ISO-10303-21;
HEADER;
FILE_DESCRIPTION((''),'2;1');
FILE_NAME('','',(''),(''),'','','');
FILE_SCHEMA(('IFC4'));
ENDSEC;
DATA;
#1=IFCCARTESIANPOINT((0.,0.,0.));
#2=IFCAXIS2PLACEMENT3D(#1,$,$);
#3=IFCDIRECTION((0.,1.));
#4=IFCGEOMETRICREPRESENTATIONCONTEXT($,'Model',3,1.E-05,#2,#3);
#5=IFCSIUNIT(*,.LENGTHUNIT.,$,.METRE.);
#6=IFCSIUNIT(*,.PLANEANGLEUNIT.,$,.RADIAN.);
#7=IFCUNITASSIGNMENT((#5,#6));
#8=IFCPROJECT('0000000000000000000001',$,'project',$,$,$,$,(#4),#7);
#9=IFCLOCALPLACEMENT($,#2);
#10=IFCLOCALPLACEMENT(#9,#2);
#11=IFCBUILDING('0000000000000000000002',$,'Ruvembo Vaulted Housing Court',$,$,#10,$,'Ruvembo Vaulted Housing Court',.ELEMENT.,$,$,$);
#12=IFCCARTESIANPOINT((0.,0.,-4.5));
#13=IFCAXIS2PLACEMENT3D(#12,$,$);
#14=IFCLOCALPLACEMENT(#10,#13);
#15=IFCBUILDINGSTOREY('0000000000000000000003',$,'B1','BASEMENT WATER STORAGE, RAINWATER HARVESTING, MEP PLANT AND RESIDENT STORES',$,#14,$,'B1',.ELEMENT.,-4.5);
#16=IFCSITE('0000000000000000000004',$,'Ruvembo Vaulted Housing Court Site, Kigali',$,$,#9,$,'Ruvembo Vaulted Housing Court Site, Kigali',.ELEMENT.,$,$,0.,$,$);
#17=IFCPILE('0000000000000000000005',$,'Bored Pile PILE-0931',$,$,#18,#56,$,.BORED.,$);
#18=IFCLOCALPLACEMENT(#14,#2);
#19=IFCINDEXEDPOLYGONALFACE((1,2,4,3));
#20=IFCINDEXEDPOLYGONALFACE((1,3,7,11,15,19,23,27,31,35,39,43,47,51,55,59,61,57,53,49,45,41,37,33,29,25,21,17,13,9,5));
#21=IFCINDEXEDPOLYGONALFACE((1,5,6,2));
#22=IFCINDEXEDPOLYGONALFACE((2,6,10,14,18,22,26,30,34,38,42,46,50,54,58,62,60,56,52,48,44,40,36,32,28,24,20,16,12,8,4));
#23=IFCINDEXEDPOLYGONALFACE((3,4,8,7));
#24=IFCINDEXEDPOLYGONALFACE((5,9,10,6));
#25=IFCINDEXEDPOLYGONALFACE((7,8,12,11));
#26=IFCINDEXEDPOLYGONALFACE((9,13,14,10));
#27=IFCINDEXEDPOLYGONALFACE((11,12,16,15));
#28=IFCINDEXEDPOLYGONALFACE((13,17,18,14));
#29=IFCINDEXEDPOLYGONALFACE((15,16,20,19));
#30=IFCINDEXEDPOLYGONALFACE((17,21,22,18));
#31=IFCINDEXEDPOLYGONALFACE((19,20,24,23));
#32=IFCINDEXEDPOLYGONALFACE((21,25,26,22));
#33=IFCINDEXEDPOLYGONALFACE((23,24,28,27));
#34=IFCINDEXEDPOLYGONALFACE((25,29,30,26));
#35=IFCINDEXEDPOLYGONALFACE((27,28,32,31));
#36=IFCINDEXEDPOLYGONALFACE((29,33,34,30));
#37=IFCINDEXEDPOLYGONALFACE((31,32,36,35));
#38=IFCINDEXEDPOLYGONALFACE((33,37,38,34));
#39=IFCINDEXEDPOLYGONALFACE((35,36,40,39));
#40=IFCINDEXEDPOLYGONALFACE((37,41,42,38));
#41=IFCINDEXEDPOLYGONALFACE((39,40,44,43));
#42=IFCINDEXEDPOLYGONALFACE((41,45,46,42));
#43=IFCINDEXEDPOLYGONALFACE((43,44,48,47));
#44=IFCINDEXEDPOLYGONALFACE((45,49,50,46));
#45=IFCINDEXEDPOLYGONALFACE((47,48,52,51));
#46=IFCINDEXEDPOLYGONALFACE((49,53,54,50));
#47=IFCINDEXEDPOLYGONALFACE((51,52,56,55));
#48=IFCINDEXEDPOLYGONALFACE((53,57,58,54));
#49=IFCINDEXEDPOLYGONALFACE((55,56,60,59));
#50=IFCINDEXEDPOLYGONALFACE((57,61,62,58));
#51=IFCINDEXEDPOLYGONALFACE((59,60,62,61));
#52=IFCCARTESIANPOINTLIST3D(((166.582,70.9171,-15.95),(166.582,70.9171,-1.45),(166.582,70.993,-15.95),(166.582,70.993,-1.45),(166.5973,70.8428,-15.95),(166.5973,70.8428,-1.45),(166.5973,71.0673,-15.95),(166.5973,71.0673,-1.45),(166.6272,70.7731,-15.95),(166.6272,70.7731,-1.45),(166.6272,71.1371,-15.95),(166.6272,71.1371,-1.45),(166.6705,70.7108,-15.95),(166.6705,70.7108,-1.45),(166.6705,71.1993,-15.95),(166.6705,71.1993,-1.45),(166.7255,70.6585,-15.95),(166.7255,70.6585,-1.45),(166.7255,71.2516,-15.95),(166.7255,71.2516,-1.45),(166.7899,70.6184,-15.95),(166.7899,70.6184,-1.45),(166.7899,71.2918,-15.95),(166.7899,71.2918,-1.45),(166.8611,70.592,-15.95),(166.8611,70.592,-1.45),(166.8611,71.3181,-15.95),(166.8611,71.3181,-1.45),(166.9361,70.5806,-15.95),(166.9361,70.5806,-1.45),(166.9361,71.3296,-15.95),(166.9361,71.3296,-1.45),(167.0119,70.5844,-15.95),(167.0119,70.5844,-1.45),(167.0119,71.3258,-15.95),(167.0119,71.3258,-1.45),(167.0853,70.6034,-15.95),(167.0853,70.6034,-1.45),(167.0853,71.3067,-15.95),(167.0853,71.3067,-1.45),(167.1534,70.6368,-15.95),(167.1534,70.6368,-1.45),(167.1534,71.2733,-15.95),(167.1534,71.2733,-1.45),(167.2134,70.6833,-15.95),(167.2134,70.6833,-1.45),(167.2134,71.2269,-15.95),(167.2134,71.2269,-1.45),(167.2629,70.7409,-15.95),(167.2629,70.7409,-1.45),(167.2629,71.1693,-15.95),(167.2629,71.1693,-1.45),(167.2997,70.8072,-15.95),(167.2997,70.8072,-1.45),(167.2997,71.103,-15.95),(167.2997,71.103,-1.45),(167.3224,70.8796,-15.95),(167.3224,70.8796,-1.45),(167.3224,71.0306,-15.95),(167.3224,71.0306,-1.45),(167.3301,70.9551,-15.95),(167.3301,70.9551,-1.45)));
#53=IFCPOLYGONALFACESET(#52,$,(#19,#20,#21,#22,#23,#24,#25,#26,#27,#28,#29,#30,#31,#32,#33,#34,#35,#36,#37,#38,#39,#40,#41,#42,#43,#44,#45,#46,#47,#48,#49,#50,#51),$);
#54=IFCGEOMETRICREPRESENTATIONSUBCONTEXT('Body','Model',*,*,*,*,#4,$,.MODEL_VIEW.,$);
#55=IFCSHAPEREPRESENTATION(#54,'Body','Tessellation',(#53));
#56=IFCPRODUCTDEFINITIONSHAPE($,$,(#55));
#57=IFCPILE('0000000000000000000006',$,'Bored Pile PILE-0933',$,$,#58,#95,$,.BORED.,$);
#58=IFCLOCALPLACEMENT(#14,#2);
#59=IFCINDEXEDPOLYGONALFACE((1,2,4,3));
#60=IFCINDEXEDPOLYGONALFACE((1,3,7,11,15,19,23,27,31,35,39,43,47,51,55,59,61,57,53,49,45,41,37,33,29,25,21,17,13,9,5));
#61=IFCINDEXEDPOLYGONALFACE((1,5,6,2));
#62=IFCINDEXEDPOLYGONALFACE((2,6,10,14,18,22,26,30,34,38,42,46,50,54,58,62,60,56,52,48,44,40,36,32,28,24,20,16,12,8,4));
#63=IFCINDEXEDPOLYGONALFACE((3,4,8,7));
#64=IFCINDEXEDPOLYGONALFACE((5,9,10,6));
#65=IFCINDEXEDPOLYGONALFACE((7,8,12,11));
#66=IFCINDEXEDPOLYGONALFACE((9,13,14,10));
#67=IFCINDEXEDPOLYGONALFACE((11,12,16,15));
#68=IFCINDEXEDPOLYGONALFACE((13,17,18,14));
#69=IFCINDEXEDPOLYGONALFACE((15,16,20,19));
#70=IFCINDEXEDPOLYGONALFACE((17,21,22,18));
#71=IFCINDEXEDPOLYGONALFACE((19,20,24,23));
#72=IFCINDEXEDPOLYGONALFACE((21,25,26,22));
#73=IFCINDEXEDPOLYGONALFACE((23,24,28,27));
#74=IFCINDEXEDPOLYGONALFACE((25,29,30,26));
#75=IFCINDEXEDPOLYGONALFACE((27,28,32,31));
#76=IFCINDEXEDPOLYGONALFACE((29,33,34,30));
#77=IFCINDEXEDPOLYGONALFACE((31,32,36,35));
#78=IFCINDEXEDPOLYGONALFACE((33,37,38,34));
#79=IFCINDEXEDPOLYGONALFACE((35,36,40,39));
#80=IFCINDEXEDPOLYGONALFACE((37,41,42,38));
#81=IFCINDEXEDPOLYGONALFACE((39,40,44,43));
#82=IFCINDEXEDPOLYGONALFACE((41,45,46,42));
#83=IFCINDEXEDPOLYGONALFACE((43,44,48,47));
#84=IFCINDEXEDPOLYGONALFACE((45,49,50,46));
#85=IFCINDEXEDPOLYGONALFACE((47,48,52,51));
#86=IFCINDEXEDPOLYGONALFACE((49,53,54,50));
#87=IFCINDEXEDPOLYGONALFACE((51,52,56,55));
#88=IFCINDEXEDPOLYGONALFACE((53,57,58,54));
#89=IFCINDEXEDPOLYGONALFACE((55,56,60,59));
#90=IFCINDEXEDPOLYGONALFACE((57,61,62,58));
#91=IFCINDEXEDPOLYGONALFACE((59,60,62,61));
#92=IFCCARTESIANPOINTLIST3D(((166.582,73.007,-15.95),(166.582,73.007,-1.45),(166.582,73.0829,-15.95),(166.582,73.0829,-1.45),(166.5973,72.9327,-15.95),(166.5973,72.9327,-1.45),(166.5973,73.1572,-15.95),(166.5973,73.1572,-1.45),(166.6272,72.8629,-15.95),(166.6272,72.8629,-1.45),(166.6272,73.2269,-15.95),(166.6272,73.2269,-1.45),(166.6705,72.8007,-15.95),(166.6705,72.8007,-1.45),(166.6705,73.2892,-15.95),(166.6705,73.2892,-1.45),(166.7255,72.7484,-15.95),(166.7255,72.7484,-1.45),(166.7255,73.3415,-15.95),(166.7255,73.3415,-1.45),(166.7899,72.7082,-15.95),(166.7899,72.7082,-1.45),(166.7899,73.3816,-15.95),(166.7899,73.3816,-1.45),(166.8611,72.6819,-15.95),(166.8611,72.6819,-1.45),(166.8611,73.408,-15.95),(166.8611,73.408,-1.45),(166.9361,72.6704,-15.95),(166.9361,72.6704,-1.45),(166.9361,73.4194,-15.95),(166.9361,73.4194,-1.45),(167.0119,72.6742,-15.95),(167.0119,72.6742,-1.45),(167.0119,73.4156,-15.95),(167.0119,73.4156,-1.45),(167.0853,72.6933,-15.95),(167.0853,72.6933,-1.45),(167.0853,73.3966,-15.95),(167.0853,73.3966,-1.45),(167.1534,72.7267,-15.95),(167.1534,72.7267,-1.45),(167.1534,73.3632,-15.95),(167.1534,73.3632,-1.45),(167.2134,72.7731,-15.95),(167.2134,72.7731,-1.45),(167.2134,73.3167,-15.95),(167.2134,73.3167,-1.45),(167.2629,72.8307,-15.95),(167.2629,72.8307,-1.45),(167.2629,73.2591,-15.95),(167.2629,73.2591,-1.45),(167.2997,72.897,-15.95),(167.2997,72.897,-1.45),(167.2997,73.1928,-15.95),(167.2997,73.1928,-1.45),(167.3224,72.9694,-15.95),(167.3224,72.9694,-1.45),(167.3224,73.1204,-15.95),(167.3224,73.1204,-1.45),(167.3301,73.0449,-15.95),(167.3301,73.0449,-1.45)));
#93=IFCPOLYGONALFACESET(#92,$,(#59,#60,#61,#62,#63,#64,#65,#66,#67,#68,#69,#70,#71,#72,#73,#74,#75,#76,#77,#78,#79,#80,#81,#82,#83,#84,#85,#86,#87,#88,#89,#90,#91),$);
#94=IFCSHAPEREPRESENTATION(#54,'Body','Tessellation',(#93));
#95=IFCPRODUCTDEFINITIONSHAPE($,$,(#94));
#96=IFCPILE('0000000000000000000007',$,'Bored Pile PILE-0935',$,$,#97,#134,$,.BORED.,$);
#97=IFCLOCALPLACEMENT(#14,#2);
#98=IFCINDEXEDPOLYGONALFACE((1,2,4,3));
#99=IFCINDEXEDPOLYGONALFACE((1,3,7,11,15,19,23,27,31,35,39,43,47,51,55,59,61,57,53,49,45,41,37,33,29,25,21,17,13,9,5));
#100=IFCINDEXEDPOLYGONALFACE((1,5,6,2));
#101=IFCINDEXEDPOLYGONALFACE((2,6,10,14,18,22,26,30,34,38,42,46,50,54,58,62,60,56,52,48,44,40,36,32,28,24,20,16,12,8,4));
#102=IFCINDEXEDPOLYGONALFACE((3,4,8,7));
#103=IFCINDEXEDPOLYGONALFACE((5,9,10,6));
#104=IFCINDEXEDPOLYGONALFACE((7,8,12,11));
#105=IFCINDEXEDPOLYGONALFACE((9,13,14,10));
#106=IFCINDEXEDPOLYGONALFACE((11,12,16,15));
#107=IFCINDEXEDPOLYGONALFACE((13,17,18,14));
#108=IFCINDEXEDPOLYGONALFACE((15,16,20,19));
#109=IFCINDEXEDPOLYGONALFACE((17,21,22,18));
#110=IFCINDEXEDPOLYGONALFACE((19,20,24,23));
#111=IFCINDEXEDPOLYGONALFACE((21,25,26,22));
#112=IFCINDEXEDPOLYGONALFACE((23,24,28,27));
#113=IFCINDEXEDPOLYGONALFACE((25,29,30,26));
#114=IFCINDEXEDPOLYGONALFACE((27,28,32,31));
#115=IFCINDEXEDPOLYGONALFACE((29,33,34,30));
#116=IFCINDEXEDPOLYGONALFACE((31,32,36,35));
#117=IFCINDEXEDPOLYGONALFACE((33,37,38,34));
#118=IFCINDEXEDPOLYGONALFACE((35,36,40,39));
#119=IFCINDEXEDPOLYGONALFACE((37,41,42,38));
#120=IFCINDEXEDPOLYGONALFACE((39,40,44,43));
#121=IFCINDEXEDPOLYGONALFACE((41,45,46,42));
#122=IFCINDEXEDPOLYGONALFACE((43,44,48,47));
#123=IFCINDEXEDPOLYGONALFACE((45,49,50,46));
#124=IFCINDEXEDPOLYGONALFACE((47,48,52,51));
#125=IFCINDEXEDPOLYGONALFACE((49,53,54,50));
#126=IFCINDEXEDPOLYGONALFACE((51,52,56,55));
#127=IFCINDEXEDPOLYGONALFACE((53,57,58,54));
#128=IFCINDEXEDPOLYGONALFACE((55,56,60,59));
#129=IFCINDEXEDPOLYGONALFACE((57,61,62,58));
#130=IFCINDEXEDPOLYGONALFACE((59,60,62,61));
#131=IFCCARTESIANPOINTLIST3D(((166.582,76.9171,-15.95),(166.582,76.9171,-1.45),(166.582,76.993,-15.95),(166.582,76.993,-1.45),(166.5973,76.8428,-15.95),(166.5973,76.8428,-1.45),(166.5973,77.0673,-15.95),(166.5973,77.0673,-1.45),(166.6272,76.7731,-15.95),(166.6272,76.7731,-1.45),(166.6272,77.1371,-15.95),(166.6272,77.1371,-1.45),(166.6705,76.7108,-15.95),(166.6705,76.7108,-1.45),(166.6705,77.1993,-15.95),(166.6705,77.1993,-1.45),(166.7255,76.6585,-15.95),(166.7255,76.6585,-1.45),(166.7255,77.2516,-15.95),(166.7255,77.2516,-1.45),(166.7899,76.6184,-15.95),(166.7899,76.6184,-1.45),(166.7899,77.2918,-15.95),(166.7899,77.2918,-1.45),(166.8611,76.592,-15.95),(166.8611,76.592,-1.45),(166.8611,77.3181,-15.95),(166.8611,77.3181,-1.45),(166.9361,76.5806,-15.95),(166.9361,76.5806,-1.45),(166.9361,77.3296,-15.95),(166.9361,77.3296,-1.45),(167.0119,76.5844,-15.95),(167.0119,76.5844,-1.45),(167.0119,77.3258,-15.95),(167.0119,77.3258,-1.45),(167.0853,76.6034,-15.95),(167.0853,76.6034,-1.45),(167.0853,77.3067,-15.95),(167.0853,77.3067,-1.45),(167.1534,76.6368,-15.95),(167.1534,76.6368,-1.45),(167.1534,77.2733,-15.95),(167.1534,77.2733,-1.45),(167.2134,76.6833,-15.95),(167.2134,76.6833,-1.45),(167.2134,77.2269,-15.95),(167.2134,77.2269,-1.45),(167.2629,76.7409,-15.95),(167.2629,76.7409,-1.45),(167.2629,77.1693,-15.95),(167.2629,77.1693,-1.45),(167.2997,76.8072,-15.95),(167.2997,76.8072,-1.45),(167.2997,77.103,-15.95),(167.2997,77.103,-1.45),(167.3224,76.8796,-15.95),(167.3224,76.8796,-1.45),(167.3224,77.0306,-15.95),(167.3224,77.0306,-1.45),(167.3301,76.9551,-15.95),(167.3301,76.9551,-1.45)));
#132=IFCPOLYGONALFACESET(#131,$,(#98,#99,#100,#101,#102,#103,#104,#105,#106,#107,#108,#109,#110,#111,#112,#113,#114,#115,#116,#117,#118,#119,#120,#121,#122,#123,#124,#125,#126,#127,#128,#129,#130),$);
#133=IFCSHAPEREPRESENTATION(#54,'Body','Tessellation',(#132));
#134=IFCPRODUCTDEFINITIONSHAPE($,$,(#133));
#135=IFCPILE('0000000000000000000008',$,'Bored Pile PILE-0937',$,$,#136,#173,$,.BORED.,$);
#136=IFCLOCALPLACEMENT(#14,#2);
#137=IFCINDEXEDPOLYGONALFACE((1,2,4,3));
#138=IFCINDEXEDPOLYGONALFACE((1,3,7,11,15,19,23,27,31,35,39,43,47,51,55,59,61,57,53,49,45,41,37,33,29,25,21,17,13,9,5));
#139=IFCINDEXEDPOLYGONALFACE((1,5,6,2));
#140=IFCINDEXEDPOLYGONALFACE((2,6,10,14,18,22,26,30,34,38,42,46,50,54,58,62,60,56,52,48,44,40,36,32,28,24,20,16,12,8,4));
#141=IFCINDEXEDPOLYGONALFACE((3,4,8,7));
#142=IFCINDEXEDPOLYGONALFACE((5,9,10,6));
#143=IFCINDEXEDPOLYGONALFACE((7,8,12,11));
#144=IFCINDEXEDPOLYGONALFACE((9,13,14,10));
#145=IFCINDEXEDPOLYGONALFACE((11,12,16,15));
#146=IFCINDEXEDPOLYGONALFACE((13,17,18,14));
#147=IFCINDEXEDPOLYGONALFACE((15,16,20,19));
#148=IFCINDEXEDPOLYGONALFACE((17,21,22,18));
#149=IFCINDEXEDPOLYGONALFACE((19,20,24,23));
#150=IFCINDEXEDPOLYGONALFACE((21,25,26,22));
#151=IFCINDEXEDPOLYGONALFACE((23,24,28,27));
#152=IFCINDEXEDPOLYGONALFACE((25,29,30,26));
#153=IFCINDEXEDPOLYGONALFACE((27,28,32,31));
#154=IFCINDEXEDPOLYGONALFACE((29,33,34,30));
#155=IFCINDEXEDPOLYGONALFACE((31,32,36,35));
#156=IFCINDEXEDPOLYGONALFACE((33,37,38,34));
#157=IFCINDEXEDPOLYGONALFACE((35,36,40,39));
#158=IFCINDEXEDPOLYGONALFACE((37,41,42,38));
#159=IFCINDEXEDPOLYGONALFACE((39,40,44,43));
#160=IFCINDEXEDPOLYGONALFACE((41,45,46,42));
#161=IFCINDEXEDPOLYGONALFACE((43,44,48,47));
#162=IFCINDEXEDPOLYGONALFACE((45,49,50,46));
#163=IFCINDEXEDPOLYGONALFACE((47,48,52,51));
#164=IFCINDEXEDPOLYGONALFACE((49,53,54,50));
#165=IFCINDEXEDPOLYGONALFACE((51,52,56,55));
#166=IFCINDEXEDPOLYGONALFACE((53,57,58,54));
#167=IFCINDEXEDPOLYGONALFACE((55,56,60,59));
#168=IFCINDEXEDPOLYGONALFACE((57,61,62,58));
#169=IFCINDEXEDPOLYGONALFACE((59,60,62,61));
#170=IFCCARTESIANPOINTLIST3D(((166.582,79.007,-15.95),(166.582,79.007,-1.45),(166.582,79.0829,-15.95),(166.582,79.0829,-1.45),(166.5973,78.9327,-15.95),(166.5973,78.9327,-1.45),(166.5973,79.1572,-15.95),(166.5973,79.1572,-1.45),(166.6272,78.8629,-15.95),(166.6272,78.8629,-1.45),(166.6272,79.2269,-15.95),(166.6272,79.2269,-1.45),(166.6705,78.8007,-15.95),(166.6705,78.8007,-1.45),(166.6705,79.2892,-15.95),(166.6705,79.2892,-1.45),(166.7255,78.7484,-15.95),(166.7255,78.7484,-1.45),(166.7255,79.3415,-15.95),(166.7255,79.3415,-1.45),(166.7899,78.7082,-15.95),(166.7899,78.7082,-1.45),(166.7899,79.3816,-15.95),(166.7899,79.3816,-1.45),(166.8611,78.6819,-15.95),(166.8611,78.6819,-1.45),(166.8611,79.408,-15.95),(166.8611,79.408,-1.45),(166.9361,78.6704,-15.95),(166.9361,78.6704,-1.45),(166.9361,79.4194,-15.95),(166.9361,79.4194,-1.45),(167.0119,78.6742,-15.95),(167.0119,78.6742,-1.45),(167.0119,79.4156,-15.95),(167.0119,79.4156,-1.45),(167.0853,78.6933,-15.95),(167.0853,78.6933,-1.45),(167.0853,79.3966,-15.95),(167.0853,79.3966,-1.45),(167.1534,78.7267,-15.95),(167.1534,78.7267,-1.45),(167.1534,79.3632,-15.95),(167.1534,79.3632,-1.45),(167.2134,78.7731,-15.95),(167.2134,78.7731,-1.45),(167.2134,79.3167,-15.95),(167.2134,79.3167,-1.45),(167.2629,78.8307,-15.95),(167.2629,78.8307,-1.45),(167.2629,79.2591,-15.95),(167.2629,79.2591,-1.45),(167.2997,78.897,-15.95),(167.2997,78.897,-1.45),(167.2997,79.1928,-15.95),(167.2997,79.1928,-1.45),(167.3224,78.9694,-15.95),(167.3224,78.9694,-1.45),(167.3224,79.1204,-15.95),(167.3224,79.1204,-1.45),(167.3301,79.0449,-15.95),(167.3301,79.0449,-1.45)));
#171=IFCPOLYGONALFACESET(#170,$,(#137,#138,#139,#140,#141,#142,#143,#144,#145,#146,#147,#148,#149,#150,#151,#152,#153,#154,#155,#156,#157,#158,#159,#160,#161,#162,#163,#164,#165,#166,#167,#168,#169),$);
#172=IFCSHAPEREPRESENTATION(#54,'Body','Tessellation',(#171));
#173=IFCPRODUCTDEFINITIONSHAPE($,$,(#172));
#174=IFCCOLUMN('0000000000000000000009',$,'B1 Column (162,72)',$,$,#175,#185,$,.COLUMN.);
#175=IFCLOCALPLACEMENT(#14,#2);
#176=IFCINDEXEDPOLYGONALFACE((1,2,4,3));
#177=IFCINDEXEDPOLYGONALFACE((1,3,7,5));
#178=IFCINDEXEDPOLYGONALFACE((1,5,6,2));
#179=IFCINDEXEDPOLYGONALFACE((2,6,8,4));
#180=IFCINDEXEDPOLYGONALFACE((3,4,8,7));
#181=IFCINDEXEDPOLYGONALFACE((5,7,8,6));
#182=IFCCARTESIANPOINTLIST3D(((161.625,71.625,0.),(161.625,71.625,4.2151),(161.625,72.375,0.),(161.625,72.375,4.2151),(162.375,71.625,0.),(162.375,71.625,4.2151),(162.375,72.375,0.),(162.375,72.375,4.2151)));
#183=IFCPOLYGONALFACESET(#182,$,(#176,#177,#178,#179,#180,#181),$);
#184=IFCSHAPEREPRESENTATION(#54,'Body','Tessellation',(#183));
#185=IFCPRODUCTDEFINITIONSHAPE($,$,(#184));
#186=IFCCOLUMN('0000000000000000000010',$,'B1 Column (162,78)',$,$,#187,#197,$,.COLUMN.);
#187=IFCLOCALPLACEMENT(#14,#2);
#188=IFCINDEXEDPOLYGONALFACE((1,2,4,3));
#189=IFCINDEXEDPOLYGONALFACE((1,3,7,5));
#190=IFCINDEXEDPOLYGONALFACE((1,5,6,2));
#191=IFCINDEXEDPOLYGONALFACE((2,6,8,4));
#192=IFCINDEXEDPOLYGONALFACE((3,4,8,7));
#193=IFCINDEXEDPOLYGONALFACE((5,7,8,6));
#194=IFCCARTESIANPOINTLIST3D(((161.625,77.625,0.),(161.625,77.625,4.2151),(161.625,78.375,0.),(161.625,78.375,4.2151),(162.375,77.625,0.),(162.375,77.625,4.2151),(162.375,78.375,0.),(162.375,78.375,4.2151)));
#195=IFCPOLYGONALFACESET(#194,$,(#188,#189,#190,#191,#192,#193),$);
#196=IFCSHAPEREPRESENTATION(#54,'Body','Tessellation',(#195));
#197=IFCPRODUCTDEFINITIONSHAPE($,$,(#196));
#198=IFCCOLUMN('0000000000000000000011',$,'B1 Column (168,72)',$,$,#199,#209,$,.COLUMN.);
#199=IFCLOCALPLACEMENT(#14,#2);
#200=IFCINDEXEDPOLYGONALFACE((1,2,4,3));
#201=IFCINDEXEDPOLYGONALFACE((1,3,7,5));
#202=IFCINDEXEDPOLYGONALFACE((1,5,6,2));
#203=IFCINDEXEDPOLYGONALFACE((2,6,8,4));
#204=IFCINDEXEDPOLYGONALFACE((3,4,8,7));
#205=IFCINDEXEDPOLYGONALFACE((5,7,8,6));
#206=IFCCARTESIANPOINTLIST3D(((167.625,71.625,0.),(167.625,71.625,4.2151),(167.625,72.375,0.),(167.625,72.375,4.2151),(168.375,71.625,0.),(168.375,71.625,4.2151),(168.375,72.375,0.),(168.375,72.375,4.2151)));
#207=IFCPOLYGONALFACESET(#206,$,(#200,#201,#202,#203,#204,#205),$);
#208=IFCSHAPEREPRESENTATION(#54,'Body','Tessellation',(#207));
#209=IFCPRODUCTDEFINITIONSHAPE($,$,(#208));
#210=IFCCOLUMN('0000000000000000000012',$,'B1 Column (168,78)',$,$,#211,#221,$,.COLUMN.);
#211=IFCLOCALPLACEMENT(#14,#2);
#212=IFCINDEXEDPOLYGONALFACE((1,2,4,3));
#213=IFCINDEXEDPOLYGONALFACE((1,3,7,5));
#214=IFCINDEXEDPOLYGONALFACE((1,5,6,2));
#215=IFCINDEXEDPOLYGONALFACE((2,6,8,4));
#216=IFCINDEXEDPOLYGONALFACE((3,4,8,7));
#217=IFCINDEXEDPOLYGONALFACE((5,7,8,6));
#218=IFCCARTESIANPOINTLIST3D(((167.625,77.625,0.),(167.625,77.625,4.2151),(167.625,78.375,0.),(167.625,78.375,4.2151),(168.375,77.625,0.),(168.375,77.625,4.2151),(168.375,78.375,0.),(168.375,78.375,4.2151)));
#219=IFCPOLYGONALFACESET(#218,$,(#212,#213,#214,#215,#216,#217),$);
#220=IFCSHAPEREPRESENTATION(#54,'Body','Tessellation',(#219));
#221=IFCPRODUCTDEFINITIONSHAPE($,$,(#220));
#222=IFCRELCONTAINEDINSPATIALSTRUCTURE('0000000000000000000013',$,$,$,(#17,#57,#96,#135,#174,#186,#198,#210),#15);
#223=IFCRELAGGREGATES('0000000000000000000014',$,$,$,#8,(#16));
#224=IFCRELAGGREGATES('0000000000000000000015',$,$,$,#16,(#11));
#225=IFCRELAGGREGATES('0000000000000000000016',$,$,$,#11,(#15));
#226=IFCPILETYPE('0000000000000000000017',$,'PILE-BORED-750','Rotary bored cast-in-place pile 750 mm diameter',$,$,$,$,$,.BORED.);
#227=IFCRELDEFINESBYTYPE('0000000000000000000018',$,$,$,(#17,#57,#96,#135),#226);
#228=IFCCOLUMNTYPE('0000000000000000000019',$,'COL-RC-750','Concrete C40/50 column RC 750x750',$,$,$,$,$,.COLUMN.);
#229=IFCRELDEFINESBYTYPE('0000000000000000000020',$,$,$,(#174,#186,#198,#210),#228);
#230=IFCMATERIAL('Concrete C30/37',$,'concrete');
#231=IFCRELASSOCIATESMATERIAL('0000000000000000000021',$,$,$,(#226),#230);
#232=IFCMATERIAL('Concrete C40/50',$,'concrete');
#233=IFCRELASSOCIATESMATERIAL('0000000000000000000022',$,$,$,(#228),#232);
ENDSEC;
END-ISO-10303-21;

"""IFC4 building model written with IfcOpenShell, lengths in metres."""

from ifc_helpers import new_model, si_unit, direction, frame, origin, origin_2d, place, context, subcontext, project, spatial, rectangle, circle, extrude, material, material_profile, profile_set, type_object, element, save


model = new_model("IFC4")

# Units and contexts
model_context = context("Model", 3, precision=1e-05, world=origin(), true_north=direction((0.0, 1.0)))
body_context = subcontext(model_context, "Body", "Model", "MODEL_VIEW")
ifc_project = project(units=[si_unit("LENGTHUNIT", "METRE"), si_unit("PLANEANGLEUNIT", "RADIAN")], contexts=[model_context])

# Site, building, storey
site_placement = place(None, origin())
site = spatial("IfcSite", under=ifc_project, at=site_placement, Name="Ruvembo Vaulted Housing Court Site, Kigali", LongName="Ruvembo Vaulted Housing Court Site, Kigali", CompositionType="ELEMENT", RefElevation=0.0)
building_placement = place(site_placement, origin())
building = spatial("IfcBuilding", under=site, at=building_placement, Name="Ruvembo Vaulted Housing Court", LongName="Ruvembo Vaulted Housing Court", CompositionType="ELEMENT")
storey_placement = place(building_placement, frame((0.0, 0.0, -4.5)))
storey = spatial("IfcBuildingStorey", under=building, at=storey_placement, Name="B1", Description="BASEMENT WATER STORAGE, RAINWATER HARVESTING, MEP PLANT AND RESIDENT STORES", LongName="B1", CompositionType="ELEMENT", Elevation=-4.5)

# Piles
ifc_material_1 = material(Name="Concrete C30/37", Category="concrete")
ifc_material_profile_1 = material_profile(ifc_material_1, circle(Radius=0.375, at=origin_2d()), Name="PILE D750")
ifc_profile_set_1 = profile_set([ifc_material_profile_1], Name="Concrete C30/37")
pile_type = type_object("IfcPileType", Name="PILE-BORED-750", Description="Rotary bored cast-in-place pile 750 mm diameter", PredefinedType="BORED", material=ifc_profile_set_1)
for number, where, z_axis, x_axis, name in (
    (1, (166.9551, 70.9551, -1.45), (0.0, 0.0, -1.0), (1.0, 0.0, 0.0), "Bored Pile PILE-0931"),
    (2, (166.9551, 73.0449, -1.45), (0.0, 0.0, -1.0), (1.0, 0.0, 0.0), "Bored Pile PILE-0933"),
    (3, (166.9551, 76.9551, -1.45), (0.0, 0.0, -1.0), (1.0, 0.0, 0.0), "Bored Pile PILE-0935"),
    (4, (166.9551, 79.0449, -1.45), (0.0, 0.0, -1.0), (1.0, 0.0, 0.0), "Bored Pile PILE-0937"),
):
    element("IfcPile", number, at=place(storey_placement, frame(where, z_axis=z_axis, x_axis=x_axis)), inside=storey, type_object=pile_type, Name=name, PredefinedType="BORED", context=body_context, shape_type="SweptSolid", body=[
        extrude(circle(Radius=0.375, at=origin_2d()), origin(), (0.0, 0.0, 1.0), 14.5),
    ])

# Columns
ifc_material_2 = material(Name="Concrete C40/50", Category="concrete")
ifc_material_profile_2 = material_profile(ifc_material_2, rectangle(XDim=0.75, YDim=0.75, at=origin_2d()), Name="RC 750x750")
ifc_profile_set_2 = profile_set([ifc_material_profile_2], Name="Concrete C40/50")
column_type = type_object("IfcColumnType", Name="COL-RC-750", Description="Concrete C40/50 column RC 750x750", PredefinedType="COLUMN", material=ifc_profile_set_2)
for number, where, z_axis, x_axis, name in (
    (5, (162.0, 72.0, 0.0), (0.0, 0.0, 1.0), (1.0, 0.0, 0.0), "B1 Column (162,72)"),
    (6, (162.0, 78.0, 0.0), (0.0, 0.0, 1.0), (1.0, 0.0, 0.0), "B1 Column (162,78)"),
    (7, (168.0, 72.0, 0.0), (0.0, 0.0, 1.0), (1.0, 0.0, 0.0), "B1 Column (168,72)"),
    (8, (168.0, 78.0, 0.0), (0.0, 0.0, 1.0), (1.0, 0.0, 0.0), "B1 Column (168,78)"),
):
    element("IfcColumn", number, at=place(storey_placement, frame(where, z_axis=z_axis, x_axis=x_axis)), inside=storey, type_object=column_type, Name=name, PredefinedType="COLUMN", context=body_context, shape_type="SweptSolid", body=[
        extrude(rectangle(XDim=0.75, YDim=0.75, at=origin_2d()), origin(), (0.0, 0.0, 1.0), 4.2151),
    ])

save(model, "model.ifc")
